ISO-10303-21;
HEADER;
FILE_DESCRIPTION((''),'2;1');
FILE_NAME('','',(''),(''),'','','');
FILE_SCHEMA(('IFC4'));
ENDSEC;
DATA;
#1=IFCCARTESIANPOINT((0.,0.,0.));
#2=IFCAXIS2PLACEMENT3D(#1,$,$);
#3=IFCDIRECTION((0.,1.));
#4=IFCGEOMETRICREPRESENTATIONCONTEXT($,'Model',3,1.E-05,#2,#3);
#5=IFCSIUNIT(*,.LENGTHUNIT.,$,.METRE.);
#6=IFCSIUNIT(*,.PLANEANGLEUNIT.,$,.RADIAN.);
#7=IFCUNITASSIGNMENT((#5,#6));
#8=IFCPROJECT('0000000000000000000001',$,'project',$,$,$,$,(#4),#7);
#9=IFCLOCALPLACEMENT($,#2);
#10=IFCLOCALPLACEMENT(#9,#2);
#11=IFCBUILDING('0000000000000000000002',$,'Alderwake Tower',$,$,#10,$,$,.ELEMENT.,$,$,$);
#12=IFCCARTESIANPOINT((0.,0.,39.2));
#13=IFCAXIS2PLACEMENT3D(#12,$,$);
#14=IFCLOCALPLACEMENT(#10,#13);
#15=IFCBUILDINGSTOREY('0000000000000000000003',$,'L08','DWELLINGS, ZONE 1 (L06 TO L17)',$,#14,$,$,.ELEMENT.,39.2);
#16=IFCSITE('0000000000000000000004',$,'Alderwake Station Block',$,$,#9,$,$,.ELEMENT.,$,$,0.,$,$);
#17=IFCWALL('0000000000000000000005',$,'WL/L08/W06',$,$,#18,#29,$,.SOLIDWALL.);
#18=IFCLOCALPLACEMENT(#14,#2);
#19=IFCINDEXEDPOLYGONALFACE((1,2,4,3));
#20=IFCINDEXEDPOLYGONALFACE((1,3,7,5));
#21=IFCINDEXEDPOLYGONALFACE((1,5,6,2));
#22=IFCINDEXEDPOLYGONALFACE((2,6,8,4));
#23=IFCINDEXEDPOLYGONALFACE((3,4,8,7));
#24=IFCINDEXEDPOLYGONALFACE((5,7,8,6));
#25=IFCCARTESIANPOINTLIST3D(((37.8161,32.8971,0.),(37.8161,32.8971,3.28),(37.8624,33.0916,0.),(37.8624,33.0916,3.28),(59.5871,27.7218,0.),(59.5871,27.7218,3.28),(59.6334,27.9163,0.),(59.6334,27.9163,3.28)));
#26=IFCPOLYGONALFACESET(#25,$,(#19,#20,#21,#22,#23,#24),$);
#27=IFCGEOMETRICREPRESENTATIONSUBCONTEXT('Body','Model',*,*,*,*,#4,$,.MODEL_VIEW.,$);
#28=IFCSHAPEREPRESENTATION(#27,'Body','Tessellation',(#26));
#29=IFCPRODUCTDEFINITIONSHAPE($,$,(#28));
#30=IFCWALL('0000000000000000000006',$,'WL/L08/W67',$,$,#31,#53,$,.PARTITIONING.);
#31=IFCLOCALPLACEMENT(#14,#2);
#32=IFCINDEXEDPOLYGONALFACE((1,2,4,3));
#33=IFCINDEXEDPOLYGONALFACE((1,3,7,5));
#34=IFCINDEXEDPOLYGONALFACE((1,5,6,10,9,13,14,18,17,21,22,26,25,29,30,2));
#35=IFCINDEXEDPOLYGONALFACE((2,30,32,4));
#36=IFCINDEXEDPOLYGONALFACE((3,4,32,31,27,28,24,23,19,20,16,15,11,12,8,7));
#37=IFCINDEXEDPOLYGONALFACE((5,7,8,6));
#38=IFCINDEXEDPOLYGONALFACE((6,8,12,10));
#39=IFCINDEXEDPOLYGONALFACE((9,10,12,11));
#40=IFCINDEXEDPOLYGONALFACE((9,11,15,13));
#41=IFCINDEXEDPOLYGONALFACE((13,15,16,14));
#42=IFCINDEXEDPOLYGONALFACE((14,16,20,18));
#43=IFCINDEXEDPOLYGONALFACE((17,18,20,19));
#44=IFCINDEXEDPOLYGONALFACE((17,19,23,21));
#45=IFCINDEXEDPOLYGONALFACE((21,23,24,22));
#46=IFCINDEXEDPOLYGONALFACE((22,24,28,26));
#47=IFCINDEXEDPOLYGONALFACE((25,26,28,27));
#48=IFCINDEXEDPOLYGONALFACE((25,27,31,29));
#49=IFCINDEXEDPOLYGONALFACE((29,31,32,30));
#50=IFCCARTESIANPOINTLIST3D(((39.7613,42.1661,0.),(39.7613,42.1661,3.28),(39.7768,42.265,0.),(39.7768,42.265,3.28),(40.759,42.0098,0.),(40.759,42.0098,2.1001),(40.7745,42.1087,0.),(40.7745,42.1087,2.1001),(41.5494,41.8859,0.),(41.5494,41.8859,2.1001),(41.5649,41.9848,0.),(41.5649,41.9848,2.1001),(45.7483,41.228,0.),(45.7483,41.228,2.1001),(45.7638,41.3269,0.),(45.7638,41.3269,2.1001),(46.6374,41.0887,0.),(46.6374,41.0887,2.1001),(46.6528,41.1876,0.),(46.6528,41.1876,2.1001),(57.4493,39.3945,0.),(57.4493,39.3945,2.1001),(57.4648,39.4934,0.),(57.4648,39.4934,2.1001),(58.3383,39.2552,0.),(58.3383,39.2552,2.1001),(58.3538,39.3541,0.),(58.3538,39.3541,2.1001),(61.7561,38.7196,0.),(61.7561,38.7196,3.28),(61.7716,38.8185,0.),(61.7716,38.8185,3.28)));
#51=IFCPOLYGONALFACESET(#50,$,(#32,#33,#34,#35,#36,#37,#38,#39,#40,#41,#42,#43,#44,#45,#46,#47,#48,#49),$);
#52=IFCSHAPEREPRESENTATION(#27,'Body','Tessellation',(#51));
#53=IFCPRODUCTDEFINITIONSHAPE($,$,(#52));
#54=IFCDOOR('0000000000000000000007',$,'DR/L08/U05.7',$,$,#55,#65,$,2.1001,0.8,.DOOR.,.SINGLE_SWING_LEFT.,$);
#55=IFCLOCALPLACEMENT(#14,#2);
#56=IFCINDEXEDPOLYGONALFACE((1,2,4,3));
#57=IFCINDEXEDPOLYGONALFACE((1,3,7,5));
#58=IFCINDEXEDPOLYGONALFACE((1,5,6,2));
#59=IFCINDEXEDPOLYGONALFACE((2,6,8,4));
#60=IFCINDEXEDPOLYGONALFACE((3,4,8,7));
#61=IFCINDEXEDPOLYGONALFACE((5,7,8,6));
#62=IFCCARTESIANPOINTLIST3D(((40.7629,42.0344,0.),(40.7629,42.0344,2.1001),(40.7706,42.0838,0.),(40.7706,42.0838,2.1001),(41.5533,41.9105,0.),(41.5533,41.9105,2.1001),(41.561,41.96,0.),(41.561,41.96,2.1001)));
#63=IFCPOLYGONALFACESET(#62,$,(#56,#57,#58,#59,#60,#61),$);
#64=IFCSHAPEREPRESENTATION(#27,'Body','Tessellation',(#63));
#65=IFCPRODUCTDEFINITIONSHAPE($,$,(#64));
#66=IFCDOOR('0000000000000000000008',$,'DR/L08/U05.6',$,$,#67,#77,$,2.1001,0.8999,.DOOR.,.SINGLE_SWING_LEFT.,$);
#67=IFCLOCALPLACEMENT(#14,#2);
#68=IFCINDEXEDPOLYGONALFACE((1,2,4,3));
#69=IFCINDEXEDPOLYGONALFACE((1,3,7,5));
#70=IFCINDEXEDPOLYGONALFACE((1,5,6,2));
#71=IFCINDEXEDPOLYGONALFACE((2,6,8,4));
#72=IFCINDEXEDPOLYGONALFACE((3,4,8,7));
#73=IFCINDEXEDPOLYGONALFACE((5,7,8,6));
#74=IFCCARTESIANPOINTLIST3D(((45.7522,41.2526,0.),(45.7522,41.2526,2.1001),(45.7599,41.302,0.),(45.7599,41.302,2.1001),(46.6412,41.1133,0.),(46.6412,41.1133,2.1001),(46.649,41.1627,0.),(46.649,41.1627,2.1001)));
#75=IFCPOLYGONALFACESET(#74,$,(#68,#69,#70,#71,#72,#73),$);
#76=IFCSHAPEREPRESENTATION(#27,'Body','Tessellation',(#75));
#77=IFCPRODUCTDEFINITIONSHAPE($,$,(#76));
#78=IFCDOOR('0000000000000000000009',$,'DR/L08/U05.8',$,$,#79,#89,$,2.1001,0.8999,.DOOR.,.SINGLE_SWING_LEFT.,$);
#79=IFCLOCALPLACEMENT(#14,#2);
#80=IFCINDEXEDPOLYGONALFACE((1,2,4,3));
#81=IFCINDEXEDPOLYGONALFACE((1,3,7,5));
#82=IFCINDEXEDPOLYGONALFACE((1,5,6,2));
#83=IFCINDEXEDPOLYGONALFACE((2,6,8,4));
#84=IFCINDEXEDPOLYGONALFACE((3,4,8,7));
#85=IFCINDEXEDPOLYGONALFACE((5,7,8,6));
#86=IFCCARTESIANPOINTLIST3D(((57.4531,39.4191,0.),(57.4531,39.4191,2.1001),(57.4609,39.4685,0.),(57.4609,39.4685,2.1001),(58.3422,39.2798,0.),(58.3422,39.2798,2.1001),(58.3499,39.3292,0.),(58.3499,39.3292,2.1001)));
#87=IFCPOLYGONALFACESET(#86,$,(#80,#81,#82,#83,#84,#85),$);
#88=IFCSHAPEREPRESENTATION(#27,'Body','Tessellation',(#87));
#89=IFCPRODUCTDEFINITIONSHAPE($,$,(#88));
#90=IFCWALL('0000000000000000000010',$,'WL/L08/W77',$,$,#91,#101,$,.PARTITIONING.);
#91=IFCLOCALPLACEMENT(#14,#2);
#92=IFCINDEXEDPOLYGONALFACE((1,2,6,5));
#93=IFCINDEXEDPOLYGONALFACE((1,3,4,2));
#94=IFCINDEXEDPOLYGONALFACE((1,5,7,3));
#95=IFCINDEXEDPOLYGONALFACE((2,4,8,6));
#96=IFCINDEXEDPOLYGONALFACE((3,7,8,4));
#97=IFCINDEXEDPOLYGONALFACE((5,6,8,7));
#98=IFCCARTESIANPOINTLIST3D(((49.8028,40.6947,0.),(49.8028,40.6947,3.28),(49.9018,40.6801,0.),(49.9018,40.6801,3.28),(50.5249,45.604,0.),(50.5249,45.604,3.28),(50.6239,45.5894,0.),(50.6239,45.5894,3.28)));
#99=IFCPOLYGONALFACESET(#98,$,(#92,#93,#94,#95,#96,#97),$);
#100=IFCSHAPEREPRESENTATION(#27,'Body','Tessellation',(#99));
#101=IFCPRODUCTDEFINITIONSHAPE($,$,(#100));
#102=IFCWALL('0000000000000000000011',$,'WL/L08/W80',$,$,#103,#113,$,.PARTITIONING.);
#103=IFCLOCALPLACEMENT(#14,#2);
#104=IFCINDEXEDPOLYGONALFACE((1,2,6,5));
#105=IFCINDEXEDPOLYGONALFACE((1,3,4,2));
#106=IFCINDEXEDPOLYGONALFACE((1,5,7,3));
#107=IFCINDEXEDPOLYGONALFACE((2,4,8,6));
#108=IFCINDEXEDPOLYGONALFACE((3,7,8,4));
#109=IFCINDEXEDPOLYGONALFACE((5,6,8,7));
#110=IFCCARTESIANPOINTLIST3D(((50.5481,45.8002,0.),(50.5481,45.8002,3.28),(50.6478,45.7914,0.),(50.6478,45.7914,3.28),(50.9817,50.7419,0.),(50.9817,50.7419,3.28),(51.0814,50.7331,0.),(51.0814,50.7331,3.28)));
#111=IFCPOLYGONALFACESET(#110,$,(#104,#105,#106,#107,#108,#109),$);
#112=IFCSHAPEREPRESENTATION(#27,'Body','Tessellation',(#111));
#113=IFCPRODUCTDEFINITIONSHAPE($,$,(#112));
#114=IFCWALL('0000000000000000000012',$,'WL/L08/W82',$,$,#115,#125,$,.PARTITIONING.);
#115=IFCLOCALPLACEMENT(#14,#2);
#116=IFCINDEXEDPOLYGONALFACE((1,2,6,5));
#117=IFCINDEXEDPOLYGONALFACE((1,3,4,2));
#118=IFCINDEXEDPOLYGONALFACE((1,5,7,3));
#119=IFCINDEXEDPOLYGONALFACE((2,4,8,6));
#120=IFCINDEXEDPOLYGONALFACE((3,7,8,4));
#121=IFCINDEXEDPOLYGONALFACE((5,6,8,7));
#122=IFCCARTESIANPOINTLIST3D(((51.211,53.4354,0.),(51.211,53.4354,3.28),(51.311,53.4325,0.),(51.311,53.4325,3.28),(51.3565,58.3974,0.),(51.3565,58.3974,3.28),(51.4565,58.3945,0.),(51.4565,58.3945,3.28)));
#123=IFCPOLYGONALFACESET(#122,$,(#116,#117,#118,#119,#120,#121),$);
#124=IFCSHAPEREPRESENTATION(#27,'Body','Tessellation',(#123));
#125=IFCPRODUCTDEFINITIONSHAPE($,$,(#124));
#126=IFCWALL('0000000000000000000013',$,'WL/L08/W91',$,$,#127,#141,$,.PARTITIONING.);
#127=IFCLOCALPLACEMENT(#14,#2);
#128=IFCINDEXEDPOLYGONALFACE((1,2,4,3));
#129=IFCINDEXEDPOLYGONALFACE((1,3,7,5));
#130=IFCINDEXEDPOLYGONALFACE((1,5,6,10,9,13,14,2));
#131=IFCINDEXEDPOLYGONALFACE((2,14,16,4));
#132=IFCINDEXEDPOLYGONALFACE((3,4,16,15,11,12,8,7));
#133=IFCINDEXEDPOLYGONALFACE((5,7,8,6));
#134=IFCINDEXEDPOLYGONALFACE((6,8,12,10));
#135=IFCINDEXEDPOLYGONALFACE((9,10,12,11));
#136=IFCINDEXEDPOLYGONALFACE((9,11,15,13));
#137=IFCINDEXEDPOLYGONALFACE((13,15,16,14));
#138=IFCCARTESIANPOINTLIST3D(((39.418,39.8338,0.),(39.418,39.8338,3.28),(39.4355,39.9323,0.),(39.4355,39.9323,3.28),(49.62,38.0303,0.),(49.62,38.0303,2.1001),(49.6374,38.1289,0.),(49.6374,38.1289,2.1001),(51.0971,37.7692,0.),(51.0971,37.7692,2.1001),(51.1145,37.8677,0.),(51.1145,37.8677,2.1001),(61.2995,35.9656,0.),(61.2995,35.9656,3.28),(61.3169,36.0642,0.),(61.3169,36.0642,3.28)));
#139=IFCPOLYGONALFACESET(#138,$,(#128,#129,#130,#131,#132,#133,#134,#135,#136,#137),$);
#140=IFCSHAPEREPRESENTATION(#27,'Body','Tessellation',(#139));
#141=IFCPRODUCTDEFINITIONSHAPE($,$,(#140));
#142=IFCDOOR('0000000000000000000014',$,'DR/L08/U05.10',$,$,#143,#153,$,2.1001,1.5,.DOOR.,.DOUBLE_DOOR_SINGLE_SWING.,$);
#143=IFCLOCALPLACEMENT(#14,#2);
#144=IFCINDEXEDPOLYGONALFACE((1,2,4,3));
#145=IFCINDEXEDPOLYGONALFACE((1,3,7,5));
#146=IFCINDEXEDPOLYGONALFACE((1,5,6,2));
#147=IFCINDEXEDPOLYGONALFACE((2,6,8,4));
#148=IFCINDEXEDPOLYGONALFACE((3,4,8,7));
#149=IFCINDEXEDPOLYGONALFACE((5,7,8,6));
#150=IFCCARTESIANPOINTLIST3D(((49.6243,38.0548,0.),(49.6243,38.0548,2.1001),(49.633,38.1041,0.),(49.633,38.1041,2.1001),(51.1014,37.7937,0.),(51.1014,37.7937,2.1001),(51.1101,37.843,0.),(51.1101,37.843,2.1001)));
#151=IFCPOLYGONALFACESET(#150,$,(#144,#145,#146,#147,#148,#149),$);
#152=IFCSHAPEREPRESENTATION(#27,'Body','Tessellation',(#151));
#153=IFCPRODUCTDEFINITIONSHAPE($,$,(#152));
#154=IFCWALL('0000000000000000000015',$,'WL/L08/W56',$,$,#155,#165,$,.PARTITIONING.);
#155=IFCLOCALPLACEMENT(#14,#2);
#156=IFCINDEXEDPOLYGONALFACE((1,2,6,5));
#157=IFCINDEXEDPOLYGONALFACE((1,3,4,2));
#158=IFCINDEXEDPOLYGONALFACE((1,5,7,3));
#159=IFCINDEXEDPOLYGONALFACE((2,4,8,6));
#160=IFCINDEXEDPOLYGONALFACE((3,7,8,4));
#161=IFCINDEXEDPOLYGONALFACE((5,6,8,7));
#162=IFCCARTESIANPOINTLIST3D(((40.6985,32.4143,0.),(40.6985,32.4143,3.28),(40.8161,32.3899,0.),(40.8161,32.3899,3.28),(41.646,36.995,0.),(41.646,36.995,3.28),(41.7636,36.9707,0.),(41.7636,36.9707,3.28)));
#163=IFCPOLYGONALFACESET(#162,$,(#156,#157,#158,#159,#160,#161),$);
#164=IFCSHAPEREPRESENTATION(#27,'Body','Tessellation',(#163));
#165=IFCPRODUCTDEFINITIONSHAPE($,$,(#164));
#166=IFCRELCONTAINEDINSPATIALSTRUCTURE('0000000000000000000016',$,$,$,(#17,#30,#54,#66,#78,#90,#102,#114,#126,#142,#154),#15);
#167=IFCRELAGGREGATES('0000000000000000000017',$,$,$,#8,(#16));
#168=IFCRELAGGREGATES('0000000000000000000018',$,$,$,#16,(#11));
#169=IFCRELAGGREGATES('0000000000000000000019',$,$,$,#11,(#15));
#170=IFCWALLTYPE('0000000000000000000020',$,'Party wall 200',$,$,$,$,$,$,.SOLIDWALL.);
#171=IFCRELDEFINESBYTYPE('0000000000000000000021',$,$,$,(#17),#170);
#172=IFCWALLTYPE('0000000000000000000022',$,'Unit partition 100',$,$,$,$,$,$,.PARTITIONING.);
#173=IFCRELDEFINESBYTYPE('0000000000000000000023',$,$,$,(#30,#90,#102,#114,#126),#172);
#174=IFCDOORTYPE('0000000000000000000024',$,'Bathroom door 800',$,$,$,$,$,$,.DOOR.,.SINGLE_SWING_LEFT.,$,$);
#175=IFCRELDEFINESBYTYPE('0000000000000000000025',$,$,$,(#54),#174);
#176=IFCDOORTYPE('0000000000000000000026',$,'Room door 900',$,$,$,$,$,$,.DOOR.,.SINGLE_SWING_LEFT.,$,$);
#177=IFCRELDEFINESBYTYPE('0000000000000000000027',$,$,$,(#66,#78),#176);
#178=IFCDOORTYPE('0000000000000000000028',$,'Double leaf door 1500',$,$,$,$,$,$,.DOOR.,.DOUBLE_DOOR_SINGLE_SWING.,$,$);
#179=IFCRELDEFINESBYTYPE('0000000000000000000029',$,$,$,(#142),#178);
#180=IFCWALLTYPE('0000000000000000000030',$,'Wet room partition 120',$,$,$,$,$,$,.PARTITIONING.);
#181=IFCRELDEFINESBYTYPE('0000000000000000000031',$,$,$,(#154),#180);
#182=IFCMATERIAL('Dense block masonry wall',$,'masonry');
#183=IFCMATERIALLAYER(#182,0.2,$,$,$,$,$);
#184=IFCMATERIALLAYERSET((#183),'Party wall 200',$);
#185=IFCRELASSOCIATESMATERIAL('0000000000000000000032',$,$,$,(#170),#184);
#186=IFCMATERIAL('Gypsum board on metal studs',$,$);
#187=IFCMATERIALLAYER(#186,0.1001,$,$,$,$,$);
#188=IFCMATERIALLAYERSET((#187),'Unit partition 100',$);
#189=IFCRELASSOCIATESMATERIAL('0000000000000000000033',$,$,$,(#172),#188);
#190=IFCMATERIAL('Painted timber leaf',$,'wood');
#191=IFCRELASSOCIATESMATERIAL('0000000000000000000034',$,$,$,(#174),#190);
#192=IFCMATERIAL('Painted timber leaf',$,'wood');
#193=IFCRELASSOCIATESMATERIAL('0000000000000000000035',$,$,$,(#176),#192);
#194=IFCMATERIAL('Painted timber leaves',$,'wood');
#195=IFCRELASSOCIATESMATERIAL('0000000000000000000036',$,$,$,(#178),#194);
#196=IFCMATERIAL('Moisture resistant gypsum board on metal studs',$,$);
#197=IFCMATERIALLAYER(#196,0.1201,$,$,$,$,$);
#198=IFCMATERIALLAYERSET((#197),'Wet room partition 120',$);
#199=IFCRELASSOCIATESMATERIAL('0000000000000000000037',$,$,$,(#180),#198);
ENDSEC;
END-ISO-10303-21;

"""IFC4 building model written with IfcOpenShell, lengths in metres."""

from ifc_helpers import new_model, si_unit, direction, frame, frame_2d, origin, place, context, subcontext, project, spatial, rectangle, extrude, material, layer, layer_set, type_object, element, fill, save


model = new_model("IFC4")

# Units and contexts
model_context = context("Model", 3, precision=1e-05, world=origin(), true_north=direction((0.0, 1.0)))
body_context = subcontext(model_context, "Body", "Model", "MODEL_VIEW")
ifc_project = project(units=[si_unit("LENGTHUNIT", "METRE"), si_unit("PLANEANGLEUNIT", "RADIAN")], contexts=[model_context])

# Site, building, storey
site_placement = place(None, origin())
site = spatial("IfcSite", under=ifc_project, at=site_placement, Name="Alderwake Station Block", CompositionType="ELEMENT", RefElevation=0.0)
building_placement = place(site_placement, origin())
building = spatial("IfcBuilding", under=site, at=building_placement, Name="Alderwake Tower", CompositionType="ELEMENT")
storey_placement = place(building_placement, frame((0.0, 0.0, 39.2)))
storey = spatial("IfcBuildingStorey", under=building, at=storey_placement, Name="L08", Description="DWELLINGS, ZONE 1 (L06 TO L17)", CompositionType="ELEMENT", Elevation=39.2)

# Wall
ifc_material_1 = material(Name="Dense block masonry wall", Category="masonry")
ifc_layer_1 = layer(ifc_material_1, 0.2)
ifc_layer_set_1 = layer_set([ifc_layer_1], Name="Party wall 200")
wall_type_1 = type_object("IfcWallType", Name="Party wall 200", PredefinedType="SOLIDWALL", material=ifc_layer_set_1)
wall_1_placement = place(storey_placement, frame((37.8391, 32.9944, 0.0), z_axis=(0.0, 0.0, 1.0), x_axis=(0.972889, -0.23127, 0.0)))
element("IfcWall", 1, at=wall_1_placement, inside=storey, type_object=wall_type_1, Name="WL/L08/W06", PredefinedType="SOLIDWALL", context=body_context, shape_type="SweptSolid", body=[
    extrude(rectangle(XDim=22.3777, YDim=0.2, at=frame_2d((11.189, 0.0))), origin(), (0.0, 0.0, 1.0), 3.28),
])

# Wall, openings, doors
ifc_material_2 = material(Name="Gypsum board on metal studs")
ifc_layer_2 = layer(ifc_material_2, 0.1001)
ifc_layer_set_2 = layer_set([ifc_layer_2], Name="Unit partition 100")
wall_type_2 = type_object("IfcWallType", Name="Unit partition 100", PredefinedType="PARTITIONING", material=ifc_layer_set_2)
wall_2_placement = place(storey_placement, frame((39.769, 42.2156, 0.0), z_axis=(0.0, 0.0, 1.0), x_axis=(0.987945, -0.154808, 0.0)))
wall_2 = element("IfcWall", 2, at=wall_2_placement, inside=storey, type_object=wall_type_2, Name="WL/L08/W67", PredefinedType="PARTITIONING", context=body_context, shape_type="SweptSolid", body=[
    extrude(rectangle(XDim=22.2632, YDim=0.1001, at=frame_2d((11.1316, 0.0))), origin(), (0.0, 0.0, 1.0), 3.28),
])
opening_1_placement = place(wall_2_placement, frame((6.0601, 0.0, 0.0)))
opening_1 = element("IfcOpeningElement", 3, at=opening_1_placement, cuts=wall_2, PredefinedType="OPENING", context=body_context, shape_type="SweptSolid", body=[
    extrude(rectangle(XDim=0.8999, YDim=2.1001, at=frame_2d((0.45, 1.05))), frame((0.0, 0.0601, 0.0), z_axis=(0.0, -1.0, 0.0), x_axis=(1.0, 0.0, 0.0)), (0.0, 0.0, 1.0), 0.1201),
])
opening_2_placement = place(wall_2_placement, frame((1.01, 0.0, 0.0)))
opening_2 = element("IfcOpeningElement", 4, at=opening_2_placement, cuts=wall_2, PredefinedType="OPENING", context=body_context, shape_type="SweptSolid", body=[
    extrude(rectangle(XDim=0.8, YDim=2.1001, at=frame_2d((0.3999, 1.05))), frame((0.0, 0.0601, 0.0), z_axis=(0.0, -1.0, 0.0), x_axis=(1.0, 0.0, 0.0)), (0.0, 0.0, 1.0), 0.1201),
])
opening_3_placement = place(wall_2_placement, frame((17.9038, 0.0, 0.0)))
opening_3 = element("IfcOpeningElement", 5, at=opening_3_placement, cuts=wall_2, PredefinedType="OPENING", context=body_context, shape_type="SweptSolid", body=[
    extrude(rectangle(XDim=0.8999, YDim=2.1001, at=frame_2d((0.45, 1.05))), frame((0.0, 0.0601, 0.0), z_axis=(0.0, -1.0, 0.0), x_axis=(1.0, 0.0, 0.0)), (0.0, 0.0, 1.0), 0.1201),
])
ifc_material_3 = material(Name="Painted timber leaf", Category="wood")
door_type_1 = type_object("IfcDoorType", Name="Bathroom door 800", OperationType="SINGLE_SWING_LEFT", PredefinedType="DOOR", material=ifc_material_3)
door_1_placement = place(opening_2_placement, origin())
door_1 = element("IfcDoor", 6, at=door_1_placement, inside=storey, type_object=door_type_1, Name="DR/L08/U05.7", OperationType="SINGLE_SWING_LEFT", OverallHeight=2.1001, OverallWidth=0.8, PredefinedType="DOOR", context=body_context, shape_type="SweptSolid", body=[
    extrude(rectangle(XDim=0.8, YDim=2.1001, at=frame_2d((0.3999, 1.05))), frame((0.0, 0.0249, 0.0), z_axis=(0.0, -1.0, 0.0), x_axis=(1.0, 0.0, 0.0)), (0.0, 0.0, 1.0), 0.05),
])
fill(opening_2, door_1)
ifc_material_4 = material(Name="Painted timber leaf", Category="wood")
door_type_2 = type_object("IfcDoorType", Name="Room door 900", OperationType="SINGLE_SWING_LEFT", PredefinedType="DOOR", material=ifc_material_4)
door_2_placement = place(opening_1_placement, origin())
door_2 = element("IfcDoor", 7, at=door_2_placement, inside=storey, type_object=door_type_2, Name="DR/L08/U05.6", OperationType="SINGLE_SWING_LEFT", OverallHeight=2.1001, OverallWidth=0.8999, PredefinedType="DOOR", context=body_context, shape_type="SweptSolid", body=[
    extrude(rectangle(XDim=0.8999, YDim=2.1001, at=frame_2d((0.45, 1.05))), frame((0.0, 0.0249, 0.0), z_axis=(0.0, -1.0, 0.0), x_axis=(1.0, 0.0, 0.0)), (0.0, 0.0, 1.0), 0.05),
])
fill(opening_1, door_2)
door_3_placement = place(opening_3_placement, origin())
door_3 = element("IfcDoor", 8, at=door_3_placement, inside=storey, type_object=door_type_2, Name="DR/L08/U05.8", OperationType="SINGLE_SWING_LEFT", OverallHeight=2.1001, OverallWidth=0.8999, PredefinedType="DOOR", context=body_context, shape_type="SweptSolid", body=[
    extrude(rectangle(XDim=0.8999, YDim=2.1001, at=frame_2d((0.45, 1.05))), frame((0.0, 0.0249, 0.0), z_axis=(0.0, -1.0, 0.0), x_axis=(1.0, 0.0, 0.0)), (0.0, 0.0, 1.0), 0.05),
])
fill(opening_3, door_3)

# Walls
wall_3_placement = place(storey_placement, frame((49.8523, 40.6875, 0.0), z_axis=(0.0, 0.0, 1.0), x_axis=(0.145532, 0.989354, 0.0)))
element("IfcWall", 9, at=wall_3_placement, inside=storey, type_object=wall_type_2, Name="WL/L08/W77", PredefinedType="PARTITIONING", context=body_context, shape_type="SweptSolid", body=[
    extrude(rectangle(XDim=4.9622, YDim=0.1001, at=frame_2d((2.481, 0.0))), origin(), (0.0, 0.0, 1.0), 3.28),
])
wall_4_placement = place(storey_placement, frame((50.5979, 45.7957, 0.0), z_axis=(0.0, 0.0, 1.0), x_axis=(0.087407, 0.996173, 0.0)))
element("IfcWall", 10, at=wall_4_placement, inside=storey, type_object=wall_type_2, Name="WL/L08/W80", PredefinedType="PARTITIONING", context=body_context, shape_type="SweptSolid", body=[
    extrude(rectangle(XDim=4.9607, YDim=0.1001, at=frame_2d((2.4805, 0.0))), origin(), (0.0, 0.0, 1.0), 3.28),
])
wall_5_placement = place(storey_placement, frame((51.261, 53.4341, 0.0), z_axis=(0.0, 0.0, 1.0), x_axis=(0.029312, 0.99957, 0.0)))
element("IfcWall", 11, at=wall_5_placement, inside=storey, type_object=wall_type_2, Name="WL/L08/W82", PredefinedType="PARTITIONING", context=body_context, shape_type="SweptSolid", body=[
    extrude(rectangle(XDim=4.9641, YDim=0.1001, at=frame_2d((2.4819, 0.0))), origin(), (0.0, 0.0, 1.0), 3.28),
])

# Wall, opening, door
wall_6_placement = place(storey_placement, frame((39.4268, 39.8831, 0.0), z_axis=(0.0, 0.0, 1.0), x_axis=(0.984732, -0.17408, 0.0)))
wall_6 = element("IfcWall", 12, at=wall_6_placement, inside=storey, type_object=wall_type_2, Name="WL/L08/W91", PredefinedType="PARTITIONING", context=body_context, shape_type="SweptSolid", body=[
    extrude(rectangle(XDim=22.2207, YDim=0.1001, at=frame_2d((11.1104, 0.0))), origin(), (0.0, 0.0, 1.0), 3.28),
])
opening_4_placement = place(wall_6_placement, frame((10.3601, 0.0, 0.0)))
opening_4 = element("IfcOpeningElement", 13, at=opening_4_placement, cuts=wall_6, PredefinedType="OPENING", context=body_context, shape_type="SweptSolid", body=[
    extrude(rectangle(XDim=1.5, YDim=2.1001, at=frame_2d((0.75, 1.05))), frame((0.0, 0.0601, 0.0), z_axis=(0.0, -1.0, 0.0), x_axis=(1.0, 0.0, 0.0)), (0.0, 0.0, 1.0), 0.1201),
])
ifc_material_5 = material(Name="Painted timber leaves", Category="wood")
door_type_3 = type_object("IfcDoorType", Name="Double leaf door 1500", OperationType="DOUBLE_DOOR_SINGLE_SWING", PredefinedType="DOOR", material=ifc_material_5)
door_4_placement = place(opening_4_placement, origin())
door_4 = element("IfcDoor", 14, at=door_4_placement, inside=storey, type_object=door_type_3, Name="DR/L08/U05.10", OperationType="DOUBLE_DOOR_SINGLE_SWING", OverallHeight=2.1001, OverallWidth=1.5, PredefinedType="DOOR", context=body_context, shape_type="SweptSolid", body=[
    extrude(rectangle(XDim=1.5, YDim=2.1001, at=frame_2d((0.75, 1.05))), frame((0.0, 0.0249, 0.0), z_axis=(0.0, -1.0, 0.0), x_axis=(1.0, 0.0, 0.0)), (0.0, 0.0, 1.0), 0.05),
])
fill(opening_4, door_4)

# Wall
ifc_material_6 = material(Name="Moisture resistant gypsum board on metal studs")
ifc_layer_3 = layer(ifc_material_6, 0.1201)
ifc_layer_set_3 = layer_set([ifc_layer_3], Name="Wet room partition 120")
wall_type_3 = type_object("IfcWallType", Name="Wet room partition 120", PredefinedType="PARTITIONING", material=ifc_layer_set_3)
wall_7_placement = place(storey_placement, frame((40.7573, 32.4021, 0.0), z_axis=(0.0, 0.0, 1.0), x_axis=(0.202556, 0.979271, 0.0)))
element("IfcWall", 15, at=wall_7_placement, inside=storey, type_object=wall_type_3, Name="WL/L08/W56", PredefinedType="PARTITIONING", context=body_context, shape_type="SweptSolid", body=[
    extrude(rectangle(XDim=4.6777, YDim=0.1201, at=frame_2d((2.3389, 0.0))), origin(), (0.0, 0.0, 1.0), 3.28),
])

save(model, "model.ifc")
